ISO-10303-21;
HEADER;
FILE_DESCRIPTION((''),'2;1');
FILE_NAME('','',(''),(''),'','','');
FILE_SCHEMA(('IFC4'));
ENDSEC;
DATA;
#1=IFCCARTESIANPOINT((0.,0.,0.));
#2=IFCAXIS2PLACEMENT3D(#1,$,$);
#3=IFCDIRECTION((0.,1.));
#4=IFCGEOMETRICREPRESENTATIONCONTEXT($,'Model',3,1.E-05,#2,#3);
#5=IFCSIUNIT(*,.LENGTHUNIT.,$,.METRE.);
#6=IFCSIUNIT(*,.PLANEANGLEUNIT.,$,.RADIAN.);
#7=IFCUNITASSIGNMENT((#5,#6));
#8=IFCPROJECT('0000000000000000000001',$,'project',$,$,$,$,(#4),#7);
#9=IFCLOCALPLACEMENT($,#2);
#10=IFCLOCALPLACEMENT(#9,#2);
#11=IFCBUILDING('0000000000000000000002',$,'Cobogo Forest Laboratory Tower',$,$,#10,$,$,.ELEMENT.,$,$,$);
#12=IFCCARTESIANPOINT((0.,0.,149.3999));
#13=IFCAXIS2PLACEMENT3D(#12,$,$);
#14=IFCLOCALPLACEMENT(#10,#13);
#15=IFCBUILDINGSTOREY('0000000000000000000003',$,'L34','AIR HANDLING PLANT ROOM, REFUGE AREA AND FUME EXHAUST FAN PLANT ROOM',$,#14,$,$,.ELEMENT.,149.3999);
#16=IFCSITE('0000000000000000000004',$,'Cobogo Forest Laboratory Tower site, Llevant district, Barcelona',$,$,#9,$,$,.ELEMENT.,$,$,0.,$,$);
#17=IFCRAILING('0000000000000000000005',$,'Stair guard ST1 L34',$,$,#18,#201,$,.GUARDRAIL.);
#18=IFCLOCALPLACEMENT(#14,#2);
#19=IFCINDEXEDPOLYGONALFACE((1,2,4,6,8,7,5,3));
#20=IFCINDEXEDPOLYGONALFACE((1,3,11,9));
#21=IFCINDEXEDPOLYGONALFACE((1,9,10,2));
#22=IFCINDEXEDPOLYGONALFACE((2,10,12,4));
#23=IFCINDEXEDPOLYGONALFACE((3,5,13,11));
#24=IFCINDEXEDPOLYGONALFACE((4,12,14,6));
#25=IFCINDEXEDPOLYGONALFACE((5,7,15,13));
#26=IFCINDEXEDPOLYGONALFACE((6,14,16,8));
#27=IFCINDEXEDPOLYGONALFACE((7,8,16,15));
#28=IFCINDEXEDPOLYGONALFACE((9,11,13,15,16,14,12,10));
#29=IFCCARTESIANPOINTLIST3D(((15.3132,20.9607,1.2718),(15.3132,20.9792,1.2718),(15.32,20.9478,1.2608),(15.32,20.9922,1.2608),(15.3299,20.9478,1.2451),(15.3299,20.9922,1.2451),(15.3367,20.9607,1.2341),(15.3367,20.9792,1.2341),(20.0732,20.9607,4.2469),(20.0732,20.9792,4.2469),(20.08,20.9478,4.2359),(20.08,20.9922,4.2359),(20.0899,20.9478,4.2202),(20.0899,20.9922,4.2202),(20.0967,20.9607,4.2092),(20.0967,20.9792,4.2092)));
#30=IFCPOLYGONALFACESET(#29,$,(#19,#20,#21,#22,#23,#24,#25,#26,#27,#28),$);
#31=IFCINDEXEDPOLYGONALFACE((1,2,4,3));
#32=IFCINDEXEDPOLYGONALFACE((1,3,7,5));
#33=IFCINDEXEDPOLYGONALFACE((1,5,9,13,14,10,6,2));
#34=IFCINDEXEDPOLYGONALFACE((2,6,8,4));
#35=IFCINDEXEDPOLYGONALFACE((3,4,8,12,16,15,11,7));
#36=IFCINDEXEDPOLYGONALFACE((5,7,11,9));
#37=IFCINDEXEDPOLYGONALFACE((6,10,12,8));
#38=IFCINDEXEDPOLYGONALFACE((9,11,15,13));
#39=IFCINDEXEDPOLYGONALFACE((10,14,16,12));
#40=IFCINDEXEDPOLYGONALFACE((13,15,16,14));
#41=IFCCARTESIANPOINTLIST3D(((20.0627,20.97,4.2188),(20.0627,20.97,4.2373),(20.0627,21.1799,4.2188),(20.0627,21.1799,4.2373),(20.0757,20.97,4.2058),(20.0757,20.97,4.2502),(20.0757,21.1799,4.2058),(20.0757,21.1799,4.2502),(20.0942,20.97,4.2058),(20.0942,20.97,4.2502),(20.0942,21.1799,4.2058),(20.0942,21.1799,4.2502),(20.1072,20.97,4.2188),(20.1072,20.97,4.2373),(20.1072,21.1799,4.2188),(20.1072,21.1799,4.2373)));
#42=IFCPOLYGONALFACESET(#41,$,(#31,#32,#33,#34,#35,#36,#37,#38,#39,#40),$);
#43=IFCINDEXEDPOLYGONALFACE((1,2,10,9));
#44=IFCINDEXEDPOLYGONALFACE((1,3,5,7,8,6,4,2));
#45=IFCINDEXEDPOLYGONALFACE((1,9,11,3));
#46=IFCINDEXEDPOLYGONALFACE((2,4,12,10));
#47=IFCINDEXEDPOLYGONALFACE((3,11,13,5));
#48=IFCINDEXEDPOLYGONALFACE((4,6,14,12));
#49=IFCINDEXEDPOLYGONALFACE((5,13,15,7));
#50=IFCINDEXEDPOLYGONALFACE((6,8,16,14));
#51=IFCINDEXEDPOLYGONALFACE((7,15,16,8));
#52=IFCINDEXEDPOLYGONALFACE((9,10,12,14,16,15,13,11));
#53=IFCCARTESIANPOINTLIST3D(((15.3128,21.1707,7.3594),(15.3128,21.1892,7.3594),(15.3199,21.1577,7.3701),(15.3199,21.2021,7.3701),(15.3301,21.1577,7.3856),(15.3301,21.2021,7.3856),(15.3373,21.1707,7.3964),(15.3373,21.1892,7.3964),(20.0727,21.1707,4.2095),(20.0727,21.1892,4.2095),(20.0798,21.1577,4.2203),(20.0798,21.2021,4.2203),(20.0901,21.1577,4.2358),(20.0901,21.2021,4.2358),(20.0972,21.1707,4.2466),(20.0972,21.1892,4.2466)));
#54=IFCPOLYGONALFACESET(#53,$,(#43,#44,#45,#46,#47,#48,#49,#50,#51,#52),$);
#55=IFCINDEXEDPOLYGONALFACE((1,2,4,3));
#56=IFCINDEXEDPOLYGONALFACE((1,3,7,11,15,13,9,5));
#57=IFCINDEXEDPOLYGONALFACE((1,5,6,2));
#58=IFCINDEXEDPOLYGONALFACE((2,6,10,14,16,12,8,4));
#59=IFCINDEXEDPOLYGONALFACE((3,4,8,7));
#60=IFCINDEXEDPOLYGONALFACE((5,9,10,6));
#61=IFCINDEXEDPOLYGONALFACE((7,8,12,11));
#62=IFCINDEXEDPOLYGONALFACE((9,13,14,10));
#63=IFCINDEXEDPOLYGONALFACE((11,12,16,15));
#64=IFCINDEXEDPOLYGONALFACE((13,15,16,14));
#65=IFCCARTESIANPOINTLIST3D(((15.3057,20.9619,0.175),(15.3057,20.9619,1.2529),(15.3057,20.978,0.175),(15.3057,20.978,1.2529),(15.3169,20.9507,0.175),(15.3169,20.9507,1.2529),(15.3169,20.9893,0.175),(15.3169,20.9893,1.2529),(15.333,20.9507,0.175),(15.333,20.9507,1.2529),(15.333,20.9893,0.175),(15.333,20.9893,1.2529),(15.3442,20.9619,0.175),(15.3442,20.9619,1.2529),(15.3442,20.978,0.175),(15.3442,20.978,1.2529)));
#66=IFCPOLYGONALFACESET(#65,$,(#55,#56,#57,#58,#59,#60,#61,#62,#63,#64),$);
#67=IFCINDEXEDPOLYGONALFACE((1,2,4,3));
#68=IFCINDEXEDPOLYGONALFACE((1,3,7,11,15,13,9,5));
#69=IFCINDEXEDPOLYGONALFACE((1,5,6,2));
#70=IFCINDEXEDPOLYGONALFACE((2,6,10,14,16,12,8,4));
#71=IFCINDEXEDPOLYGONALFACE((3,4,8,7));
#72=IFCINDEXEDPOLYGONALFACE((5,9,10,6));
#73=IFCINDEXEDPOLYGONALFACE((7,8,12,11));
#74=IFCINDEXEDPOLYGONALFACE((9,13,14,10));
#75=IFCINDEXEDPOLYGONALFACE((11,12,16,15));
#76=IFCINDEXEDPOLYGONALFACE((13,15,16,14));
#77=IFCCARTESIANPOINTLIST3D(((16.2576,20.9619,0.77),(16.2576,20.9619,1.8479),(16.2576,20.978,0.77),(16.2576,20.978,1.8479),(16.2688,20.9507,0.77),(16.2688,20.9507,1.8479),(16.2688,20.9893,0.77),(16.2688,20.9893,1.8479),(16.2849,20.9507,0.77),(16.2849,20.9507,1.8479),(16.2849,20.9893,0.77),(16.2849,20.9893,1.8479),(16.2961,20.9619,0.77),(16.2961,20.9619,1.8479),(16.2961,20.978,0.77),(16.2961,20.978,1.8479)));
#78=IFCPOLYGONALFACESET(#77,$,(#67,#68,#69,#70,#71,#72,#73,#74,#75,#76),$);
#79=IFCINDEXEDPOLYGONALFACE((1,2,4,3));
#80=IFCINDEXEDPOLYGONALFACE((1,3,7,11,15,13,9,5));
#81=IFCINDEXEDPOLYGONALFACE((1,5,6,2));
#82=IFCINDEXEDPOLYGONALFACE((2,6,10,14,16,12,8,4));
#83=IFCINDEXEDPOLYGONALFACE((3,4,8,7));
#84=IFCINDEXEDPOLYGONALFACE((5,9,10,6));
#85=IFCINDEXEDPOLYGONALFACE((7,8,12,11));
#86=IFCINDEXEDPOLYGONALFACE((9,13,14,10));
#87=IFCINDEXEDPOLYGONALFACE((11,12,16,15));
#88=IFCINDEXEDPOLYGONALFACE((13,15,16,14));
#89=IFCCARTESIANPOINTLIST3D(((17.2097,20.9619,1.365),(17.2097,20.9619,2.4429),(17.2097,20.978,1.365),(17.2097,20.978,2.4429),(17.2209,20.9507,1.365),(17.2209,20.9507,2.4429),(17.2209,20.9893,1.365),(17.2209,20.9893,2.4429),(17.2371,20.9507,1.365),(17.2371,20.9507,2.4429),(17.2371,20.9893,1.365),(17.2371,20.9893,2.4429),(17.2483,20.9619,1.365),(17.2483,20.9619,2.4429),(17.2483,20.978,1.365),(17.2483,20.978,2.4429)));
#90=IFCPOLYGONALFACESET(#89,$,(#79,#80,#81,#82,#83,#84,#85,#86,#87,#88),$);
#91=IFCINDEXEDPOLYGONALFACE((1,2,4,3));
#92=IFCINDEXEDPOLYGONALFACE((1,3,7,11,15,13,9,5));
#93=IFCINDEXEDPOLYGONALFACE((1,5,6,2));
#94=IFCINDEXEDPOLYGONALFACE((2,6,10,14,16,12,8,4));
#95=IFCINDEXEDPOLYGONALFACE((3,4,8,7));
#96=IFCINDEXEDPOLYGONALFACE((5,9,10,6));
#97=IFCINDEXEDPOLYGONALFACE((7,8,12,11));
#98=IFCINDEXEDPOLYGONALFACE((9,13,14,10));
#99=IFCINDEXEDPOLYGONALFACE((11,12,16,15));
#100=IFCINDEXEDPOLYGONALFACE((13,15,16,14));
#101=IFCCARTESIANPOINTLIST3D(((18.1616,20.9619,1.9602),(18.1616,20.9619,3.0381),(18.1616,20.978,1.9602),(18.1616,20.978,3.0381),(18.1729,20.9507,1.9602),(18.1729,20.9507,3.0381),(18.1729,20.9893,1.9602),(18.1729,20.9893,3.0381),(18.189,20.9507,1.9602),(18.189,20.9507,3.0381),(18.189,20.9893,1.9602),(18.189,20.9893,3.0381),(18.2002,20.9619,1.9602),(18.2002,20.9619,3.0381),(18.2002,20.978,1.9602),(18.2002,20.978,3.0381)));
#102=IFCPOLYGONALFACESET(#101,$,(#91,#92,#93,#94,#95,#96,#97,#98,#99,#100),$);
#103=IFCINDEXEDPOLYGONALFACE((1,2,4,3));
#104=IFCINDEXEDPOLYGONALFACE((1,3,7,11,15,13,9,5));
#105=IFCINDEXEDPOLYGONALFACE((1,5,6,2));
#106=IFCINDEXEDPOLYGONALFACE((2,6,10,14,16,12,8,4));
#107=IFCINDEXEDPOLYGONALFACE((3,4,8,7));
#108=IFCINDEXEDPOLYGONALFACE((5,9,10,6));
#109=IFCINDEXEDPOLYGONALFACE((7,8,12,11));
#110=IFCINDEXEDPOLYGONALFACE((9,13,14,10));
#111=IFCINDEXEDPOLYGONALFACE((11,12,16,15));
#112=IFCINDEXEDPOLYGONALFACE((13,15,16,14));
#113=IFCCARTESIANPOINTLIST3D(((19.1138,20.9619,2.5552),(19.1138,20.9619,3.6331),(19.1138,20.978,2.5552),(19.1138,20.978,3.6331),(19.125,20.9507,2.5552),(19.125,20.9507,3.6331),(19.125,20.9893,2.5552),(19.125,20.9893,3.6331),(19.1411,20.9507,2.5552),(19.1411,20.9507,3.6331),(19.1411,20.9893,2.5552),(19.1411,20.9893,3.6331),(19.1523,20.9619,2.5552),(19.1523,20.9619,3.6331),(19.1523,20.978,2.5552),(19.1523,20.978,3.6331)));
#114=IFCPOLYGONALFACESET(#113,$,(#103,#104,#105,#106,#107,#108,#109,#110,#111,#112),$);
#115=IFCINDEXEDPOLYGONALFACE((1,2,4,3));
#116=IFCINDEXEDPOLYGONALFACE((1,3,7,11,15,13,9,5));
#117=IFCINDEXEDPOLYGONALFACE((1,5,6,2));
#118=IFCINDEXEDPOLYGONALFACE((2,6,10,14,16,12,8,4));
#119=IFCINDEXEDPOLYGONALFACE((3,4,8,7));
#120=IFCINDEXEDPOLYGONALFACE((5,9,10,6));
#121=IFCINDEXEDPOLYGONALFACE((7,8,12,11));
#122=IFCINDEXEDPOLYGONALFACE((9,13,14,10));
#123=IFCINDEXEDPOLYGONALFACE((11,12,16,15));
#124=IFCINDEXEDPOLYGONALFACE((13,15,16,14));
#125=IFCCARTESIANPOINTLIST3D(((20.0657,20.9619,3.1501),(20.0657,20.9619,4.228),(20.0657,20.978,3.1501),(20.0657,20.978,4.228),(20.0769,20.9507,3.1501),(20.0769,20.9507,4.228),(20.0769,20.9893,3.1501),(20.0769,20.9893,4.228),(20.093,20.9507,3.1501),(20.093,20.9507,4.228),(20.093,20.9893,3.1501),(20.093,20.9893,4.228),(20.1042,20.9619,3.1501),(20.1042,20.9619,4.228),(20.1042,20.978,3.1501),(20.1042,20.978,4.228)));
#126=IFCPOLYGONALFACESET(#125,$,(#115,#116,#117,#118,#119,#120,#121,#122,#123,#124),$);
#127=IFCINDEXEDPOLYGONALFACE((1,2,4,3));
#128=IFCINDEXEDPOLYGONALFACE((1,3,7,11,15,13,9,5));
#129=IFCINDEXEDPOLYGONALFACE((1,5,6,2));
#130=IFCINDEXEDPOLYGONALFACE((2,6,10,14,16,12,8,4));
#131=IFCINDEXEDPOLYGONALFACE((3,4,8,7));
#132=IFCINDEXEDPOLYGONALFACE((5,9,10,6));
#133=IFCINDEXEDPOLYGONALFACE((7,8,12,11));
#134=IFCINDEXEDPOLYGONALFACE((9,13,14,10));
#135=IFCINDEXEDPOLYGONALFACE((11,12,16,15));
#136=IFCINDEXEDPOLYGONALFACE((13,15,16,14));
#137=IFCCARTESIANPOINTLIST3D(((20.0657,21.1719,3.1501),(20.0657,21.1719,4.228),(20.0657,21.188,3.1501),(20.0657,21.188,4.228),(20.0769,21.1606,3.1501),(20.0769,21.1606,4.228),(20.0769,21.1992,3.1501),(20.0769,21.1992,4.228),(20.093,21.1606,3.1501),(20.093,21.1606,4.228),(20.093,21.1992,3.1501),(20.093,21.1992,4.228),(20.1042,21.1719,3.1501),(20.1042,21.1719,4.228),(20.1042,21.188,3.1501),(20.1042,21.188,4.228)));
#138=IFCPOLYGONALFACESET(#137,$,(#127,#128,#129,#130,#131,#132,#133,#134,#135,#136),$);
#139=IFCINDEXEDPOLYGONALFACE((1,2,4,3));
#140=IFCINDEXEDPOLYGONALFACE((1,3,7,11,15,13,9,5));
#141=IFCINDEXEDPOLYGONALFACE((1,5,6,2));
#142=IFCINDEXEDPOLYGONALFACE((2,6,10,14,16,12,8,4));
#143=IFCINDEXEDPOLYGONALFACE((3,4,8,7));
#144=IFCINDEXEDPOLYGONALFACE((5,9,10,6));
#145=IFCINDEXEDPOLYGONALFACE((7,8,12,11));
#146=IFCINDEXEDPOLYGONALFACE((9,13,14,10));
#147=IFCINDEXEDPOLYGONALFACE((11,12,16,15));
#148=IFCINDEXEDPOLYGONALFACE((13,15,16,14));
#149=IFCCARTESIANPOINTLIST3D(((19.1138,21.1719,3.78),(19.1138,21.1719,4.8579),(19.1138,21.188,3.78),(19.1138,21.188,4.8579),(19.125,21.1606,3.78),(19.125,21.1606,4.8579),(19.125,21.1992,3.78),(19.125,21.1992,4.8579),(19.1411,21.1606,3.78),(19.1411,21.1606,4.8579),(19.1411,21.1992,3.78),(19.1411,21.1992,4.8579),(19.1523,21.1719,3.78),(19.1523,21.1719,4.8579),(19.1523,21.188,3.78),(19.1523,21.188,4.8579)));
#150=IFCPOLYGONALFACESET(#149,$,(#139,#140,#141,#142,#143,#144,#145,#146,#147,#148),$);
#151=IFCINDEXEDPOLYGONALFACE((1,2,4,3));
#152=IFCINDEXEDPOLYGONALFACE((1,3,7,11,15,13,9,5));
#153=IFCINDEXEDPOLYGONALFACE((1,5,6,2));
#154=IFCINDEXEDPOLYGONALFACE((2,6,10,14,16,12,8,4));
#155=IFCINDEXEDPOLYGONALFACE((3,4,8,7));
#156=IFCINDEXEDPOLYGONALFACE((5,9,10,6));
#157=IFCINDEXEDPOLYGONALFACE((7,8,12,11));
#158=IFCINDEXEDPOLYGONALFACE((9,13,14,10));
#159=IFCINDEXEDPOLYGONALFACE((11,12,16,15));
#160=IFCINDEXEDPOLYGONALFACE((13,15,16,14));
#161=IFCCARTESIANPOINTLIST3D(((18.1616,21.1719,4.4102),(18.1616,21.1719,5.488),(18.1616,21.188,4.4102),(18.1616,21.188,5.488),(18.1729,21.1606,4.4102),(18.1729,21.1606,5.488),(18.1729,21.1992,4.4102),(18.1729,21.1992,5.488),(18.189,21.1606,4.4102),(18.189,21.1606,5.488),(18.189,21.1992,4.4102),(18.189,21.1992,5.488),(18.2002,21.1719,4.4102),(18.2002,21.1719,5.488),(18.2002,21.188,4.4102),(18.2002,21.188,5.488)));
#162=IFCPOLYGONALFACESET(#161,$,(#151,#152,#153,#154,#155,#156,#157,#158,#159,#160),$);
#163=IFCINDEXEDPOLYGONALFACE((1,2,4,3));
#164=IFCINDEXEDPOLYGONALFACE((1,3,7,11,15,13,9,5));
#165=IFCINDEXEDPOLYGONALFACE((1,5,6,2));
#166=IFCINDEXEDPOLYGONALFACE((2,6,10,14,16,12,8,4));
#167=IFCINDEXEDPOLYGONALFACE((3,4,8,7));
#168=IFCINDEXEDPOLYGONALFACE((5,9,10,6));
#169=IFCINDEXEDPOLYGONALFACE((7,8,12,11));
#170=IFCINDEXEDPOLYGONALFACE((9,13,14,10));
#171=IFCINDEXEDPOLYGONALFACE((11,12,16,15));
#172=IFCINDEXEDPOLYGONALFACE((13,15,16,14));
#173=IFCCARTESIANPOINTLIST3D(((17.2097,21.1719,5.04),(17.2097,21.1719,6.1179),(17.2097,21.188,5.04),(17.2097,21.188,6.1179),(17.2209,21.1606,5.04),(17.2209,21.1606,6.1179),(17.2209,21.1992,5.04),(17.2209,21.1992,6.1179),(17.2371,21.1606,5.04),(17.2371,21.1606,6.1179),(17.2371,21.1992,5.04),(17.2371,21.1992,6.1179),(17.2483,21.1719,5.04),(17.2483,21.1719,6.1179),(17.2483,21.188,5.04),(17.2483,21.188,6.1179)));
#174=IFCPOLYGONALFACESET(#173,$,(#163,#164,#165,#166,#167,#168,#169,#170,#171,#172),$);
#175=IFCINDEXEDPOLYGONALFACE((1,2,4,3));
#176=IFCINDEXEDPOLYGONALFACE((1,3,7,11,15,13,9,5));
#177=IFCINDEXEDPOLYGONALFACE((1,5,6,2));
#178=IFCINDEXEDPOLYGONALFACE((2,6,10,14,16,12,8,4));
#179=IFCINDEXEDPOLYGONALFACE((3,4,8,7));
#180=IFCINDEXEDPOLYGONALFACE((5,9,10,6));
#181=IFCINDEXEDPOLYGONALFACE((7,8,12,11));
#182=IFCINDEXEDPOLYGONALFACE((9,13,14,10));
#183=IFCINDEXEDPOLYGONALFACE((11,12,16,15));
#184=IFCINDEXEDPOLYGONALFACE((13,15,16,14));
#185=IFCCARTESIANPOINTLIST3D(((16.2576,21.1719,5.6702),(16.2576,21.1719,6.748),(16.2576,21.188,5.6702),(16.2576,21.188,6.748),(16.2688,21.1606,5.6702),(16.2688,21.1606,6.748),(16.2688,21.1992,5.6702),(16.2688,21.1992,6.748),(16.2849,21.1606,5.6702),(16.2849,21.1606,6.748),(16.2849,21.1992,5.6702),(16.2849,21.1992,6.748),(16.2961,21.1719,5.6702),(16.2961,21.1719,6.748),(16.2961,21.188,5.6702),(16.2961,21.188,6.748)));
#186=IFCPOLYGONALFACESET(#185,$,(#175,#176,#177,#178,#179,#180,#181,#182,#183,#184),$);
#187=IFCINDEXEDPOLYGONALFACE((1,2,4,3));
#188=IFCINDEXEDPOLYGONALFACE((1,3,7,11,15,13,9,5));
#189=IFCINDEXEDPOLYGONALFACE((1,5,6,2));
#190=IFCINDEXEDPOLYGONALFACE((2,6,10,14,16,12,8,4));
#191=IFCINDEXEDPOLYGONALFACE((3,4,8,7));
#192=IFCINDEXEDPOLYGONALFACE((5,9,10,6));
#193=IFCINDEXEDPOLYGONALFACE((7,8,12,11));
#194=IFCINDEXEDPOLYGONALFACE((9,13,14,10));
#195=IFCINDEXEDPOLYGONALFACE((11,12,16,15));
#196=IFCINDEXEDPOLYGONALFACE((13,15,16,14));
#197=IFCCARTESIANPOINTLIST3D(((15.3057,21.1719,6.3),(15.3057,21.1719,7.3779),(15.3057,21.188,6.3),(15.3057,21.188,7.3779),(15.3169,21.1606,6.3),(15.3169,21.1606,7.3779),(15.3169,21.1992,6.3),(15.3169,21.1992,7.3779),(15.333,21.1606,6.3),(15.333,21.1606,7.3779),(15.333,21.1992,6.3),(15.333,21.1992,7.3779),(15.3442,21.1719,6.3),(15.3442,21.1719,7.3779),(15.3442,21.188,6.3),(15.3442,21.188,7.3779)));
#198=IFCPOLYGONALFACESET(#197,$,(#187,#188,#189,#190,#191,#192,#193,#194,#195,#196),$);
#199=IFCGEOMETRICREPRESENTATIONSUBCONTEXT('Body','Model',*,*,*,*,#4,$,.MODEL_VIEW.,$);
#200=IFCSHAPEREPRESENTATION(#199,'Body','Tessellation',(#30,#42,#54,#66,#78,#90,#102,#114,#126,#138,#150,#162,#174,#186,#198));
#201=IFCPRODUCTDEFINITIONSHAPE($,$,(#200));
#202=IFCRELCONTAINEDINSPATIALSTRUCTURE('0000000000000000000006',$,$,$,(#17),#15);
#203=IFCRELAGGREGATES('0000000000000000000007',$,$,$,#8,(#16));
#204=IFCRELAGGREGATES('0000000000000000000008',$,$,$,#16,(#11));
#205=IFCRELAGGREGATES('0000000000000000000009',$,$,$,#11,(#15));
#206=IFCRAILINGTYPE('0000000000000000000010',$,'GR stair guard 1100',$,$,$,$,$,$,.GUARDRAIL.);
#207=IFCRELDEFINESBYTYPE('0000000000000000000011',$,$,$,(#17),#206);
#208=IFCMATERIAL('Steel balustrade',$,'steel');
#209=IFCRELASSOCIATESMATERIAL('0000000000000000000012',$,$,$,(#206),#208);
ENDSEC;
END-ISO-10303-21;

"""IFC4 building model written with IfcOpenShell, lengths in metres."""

from ifc_helpers import new_model, si_unit, direction, frame, origin, place, context, subcontext, project, spatial, polyline, outline, extrude, material, type_object, element, save


model = new_model("IFC4")

# Units and contexts
model_context = context("Model", 3, precision=1e-05, world=origin(), true_north=direction((0.0, 1.0)))
body_context = subcontext(model_context, "Body", "Model", "MODEL_VIEW")
ifc_project = project(units=[si_unit("LENGTHUNIT", "METRE"), si_unit("PLANEANGLEUNIT", "RADIAN")], contexts=[model_context])

# Site, building, storey
site_placement = place(None, origin())
site = spatial("IfcSite", under=ifc_project, at=site_placement, Name="Cobogo Forest Laboratory Tower site, Llevant district, Barcelona", CompositionType="ELEMENT", RefElevation=0.0)
building_placement = place(site_placement, origin())
building = spatial("IfcBuilding", under=site, at=building_placement, Name="Cobogo Forest Laboratory Tower", CompositionType="ELEMENT")
storey_placement = place(building_placement, frame((0.0, 0.0, 149.3999)))
storey = spatial("IfcBuildingStorey", under=building, at=storey_placement, Name="L34", Description="AIR HANDLING PLANT ROOM, REFUGE AREA AND FUME EXHAUST FAN PLANT ROOM", CompositionType="ELEMENT", Elevation=149.3999)

# Railing
ifc_material_1 = material(Name="Steel balustrade", Category="steel")
railing_type = type_object("IfcRailingType", Name="GR stair guard 1100", PredefinedType="GUARDRAIL", material=ifc_material_1)
railing_placement = place(storey_placement, frame((15.325, 20.97, 0.175)))
element("IfcRailing", 1, at=railing_placement, inside=storey, type_object=railing_type, Name="Stair guard ST1 L34", PredefinedType="GUARDRAIL", context=body_context, shape_type="SweptSolid", body=[
    extrude(outline(polyline([(0.0222, 0.0093), (0.0093, 0.0222), (-0.0093, 0.0222), (-0.0222, 0.0093), (-0.0222, -0.0093), (-0.0093, -0.0222), (0.0093, -0.0222), (0.0222, -0.0093), (0.0222, 0.0093)])), frame((0.0, 0.0, 1.0779), z_axis=(0.847991, 0.0, 0.530011), x_axis=(0.0, 1.0, 0.0)), (0.0, 0.0, 1.0), 5.6133),
    extrude(outline(polyline([(0.0222, 0.0093), (0.0093, 0.0222), (-0.0093, 0.0222), (-0.0222, 0.0093), (-0.0222, -0.0093), (-0.0093, -0.0222), (0.0093, -0.0222), (0.0222, -0.0093), (0.0222, 0.0093)])), frame((4.76, 0.0, 4.053), z_axis=(0.0, 1.0, 0.0), x_axis=(-1.0, 0.0, 0.0)), (0.0, 0.0, 1.0), 0.21),
    extrude(outline(polyline([(0.0222, 0.0093), (0.0093, 0.0222), (-0.0093, 0.0222), (-0.0222, 0.0093), (-0.0222, -0.0093), (-0.0093, -0.0222), (0.0093, -0.0222), (0.0222, -0.0093), (0.0222, 0.0093)])), frame((4.76, 0.21, 4.053), z_axis=(-0.833941, 0.0, 0.551854), x_axis=(0.0, -1.0, 0.0)), (0.0, 0.0, 1.0), 5.7078),
    extrude(outline(polyline([(0.0193, 0.0081), (0.0081, 0.0193), (-0.0081, 0.0193), (-0.0193, 0.0081), (-0.0193, -0.0081), (-0.0081, -0.0193), (0.0081, -0.0193), (0.0193, -0.0081), (0.0193, 0.0081)])), origin(), (0.0, 0.0, 1.0), 1.0779),
    extrude(outline(polyline([(0.0193, 0.0081), (0.0081, 0.0193), (-0.0081, 0.0193), (-0.0193, 0.0081), (-0.0193, -0.0081), (-0.0081, -0.0193), (0.0081, -0.0193), (0.0193, -0.0081), (0.0193, 0.0081)])), frame((0.9519, 0.0, 0.595)), (0.0, 0.0, 1.0), 1.0779),
    extrude(outline(polyline([(0.0193, 0.0081), (0.0081, 0.0193), (-0.0081, 0.0193), (-0.0193, 0.0081), (-0.0193, -0.0081), (-0.0081, -0.0193), (0.0081, -0.0193), (0.0193, -0.0081), (0.0193, 0.0081)])), frame((1.9041, 0.0, 1.1899)), (0.0, 0.0, 1.0), 1.0779),
    extrude(outline(polyline([(0.0193, 0.0081), (0.0081, 0.0193), (-0.0081, 0.0193), (-0.0193, 0.0081), (-0.0193, -0.0081), (-0.0081, -0.0193), (0.0081, -0.0193), (0.0193, -0.0081), (0.0193, 0.0081)])), frame((2.856, 0.0, 1.7852)), (0.0, 0.0, 1.0), 1.0779),
    extrude(outline(polyline([(0.0193, 0.0081), (0.0081, 0.0193), (-0.0081, 0.0193), (-0.0193, 0.0081), (-0.0193, -0.0081), (-0.0081, -0.0193), (0.0081, -0.0193), (0.0193, -0.0081), (0.0193, 0.0081)])), frame((3.8081, 0.0, 2.3801)), (0.0, 0.0, 1.0), 1.0779),
    extrude(outline(polyline([(0.0193, 0.0081), (0.0081, 0.0193), (-0.0081, 0.0193), (-0.0193, 0.0081), (-0.0193, -0.0081), (-0.0081, -0.0193), (0.0081, -0.0193), (0.0193, -0.0081), (0.0193, 0.0081)])), frame((4.76, 0.0, 2.9751)), (0.0, 0.0, 1.0), 1.0779),
    extrude(outline(polyline([(0.0193, 0.0081), (0.0081, 0.0193), (-0.0081, 0.0193), (-0.0193, 0.0081), (-0.0193, -0.0081), (-0.0081, -0.0193), (0.0081, -0.0193), (0.0193, -0.0081), (0.0193, 0.0081)])), frame((4.76, 0.21, 2.9751)), (0.0, 0.0, 1.0), 1.0779),
    extrude(outline(polyline([(0.0193, 0.0081), (0.0081, 0.0193), (-0.0081, 0.0193), (-0.0193, 0.0081), (-0.0193, -0.0081), (-0.0081, -0.0193), (0.0081, -0.0193), (0.0193, -0.0081), (0.0193, 0.0081)])), frame((3.8081, 0.21, 3.605)), (0.0, 0.0, 1.0), 1.0779),
    extrude(outline(polyline([(0.0193, 0.0081), (0.0081, 0.0193), (-0.0081, 0.0193), (-0.0193, 0.0081), (-0.0193, -0.0081), (-0.0081, -0.0193), (0.0081, -0.0193), (0.0193, -0.0081), (0.0193, 0.0081)])), frame((2.856, 0.21, 4.2351)), (0.0, 0.0, 1.0), 1.0779),
    extrude(outline(polyline([(0.0193, 0.0081), (0.0081, 0.0193), (-0.0081, 0.0193), (-0.0193, 0.0081), (-0.0193, -0.0081), (-0.0081, -0.0193), (0.0081, -0.0193), (0.0193, -0.0081), (0.0193, 0.0081)])), frame((1.9041, 0.21, 4.865)), (0.0, 0.0, 1.0), 1.0779),
    extrude(outline(polyline([(0.0193, 0.0081), (0.0081, 0.0193), (-0.0081, 0.0193), (-0.0193, 0.0081), (-0.0193, -0.0081), (-0.0081, -0.0193), (0.0081, -0.0193), (0.0193, -0.0081), (0.0193, 0.0081)])), frame((0.9519, 0.21, 5.4951)), (0.0, 0.0, 1.0), 1.0779),
    extrude(outline(polyline([(0.0193, 0.0081), (0.0081, 0.0193), (-0.0081, 0.0193), (-0.0193, 0.0081), (-0.0193, -0.0081), (-0.0081, -0.0193), (0.0081, -0.0193), (0.0193, -0.0081), (0.0193, 0.0081)])), frame((0.0, 0.21, 6.125)), (0.0, 0.0, 1.0), 1.0779),
])

save(model, "model.ifc")
